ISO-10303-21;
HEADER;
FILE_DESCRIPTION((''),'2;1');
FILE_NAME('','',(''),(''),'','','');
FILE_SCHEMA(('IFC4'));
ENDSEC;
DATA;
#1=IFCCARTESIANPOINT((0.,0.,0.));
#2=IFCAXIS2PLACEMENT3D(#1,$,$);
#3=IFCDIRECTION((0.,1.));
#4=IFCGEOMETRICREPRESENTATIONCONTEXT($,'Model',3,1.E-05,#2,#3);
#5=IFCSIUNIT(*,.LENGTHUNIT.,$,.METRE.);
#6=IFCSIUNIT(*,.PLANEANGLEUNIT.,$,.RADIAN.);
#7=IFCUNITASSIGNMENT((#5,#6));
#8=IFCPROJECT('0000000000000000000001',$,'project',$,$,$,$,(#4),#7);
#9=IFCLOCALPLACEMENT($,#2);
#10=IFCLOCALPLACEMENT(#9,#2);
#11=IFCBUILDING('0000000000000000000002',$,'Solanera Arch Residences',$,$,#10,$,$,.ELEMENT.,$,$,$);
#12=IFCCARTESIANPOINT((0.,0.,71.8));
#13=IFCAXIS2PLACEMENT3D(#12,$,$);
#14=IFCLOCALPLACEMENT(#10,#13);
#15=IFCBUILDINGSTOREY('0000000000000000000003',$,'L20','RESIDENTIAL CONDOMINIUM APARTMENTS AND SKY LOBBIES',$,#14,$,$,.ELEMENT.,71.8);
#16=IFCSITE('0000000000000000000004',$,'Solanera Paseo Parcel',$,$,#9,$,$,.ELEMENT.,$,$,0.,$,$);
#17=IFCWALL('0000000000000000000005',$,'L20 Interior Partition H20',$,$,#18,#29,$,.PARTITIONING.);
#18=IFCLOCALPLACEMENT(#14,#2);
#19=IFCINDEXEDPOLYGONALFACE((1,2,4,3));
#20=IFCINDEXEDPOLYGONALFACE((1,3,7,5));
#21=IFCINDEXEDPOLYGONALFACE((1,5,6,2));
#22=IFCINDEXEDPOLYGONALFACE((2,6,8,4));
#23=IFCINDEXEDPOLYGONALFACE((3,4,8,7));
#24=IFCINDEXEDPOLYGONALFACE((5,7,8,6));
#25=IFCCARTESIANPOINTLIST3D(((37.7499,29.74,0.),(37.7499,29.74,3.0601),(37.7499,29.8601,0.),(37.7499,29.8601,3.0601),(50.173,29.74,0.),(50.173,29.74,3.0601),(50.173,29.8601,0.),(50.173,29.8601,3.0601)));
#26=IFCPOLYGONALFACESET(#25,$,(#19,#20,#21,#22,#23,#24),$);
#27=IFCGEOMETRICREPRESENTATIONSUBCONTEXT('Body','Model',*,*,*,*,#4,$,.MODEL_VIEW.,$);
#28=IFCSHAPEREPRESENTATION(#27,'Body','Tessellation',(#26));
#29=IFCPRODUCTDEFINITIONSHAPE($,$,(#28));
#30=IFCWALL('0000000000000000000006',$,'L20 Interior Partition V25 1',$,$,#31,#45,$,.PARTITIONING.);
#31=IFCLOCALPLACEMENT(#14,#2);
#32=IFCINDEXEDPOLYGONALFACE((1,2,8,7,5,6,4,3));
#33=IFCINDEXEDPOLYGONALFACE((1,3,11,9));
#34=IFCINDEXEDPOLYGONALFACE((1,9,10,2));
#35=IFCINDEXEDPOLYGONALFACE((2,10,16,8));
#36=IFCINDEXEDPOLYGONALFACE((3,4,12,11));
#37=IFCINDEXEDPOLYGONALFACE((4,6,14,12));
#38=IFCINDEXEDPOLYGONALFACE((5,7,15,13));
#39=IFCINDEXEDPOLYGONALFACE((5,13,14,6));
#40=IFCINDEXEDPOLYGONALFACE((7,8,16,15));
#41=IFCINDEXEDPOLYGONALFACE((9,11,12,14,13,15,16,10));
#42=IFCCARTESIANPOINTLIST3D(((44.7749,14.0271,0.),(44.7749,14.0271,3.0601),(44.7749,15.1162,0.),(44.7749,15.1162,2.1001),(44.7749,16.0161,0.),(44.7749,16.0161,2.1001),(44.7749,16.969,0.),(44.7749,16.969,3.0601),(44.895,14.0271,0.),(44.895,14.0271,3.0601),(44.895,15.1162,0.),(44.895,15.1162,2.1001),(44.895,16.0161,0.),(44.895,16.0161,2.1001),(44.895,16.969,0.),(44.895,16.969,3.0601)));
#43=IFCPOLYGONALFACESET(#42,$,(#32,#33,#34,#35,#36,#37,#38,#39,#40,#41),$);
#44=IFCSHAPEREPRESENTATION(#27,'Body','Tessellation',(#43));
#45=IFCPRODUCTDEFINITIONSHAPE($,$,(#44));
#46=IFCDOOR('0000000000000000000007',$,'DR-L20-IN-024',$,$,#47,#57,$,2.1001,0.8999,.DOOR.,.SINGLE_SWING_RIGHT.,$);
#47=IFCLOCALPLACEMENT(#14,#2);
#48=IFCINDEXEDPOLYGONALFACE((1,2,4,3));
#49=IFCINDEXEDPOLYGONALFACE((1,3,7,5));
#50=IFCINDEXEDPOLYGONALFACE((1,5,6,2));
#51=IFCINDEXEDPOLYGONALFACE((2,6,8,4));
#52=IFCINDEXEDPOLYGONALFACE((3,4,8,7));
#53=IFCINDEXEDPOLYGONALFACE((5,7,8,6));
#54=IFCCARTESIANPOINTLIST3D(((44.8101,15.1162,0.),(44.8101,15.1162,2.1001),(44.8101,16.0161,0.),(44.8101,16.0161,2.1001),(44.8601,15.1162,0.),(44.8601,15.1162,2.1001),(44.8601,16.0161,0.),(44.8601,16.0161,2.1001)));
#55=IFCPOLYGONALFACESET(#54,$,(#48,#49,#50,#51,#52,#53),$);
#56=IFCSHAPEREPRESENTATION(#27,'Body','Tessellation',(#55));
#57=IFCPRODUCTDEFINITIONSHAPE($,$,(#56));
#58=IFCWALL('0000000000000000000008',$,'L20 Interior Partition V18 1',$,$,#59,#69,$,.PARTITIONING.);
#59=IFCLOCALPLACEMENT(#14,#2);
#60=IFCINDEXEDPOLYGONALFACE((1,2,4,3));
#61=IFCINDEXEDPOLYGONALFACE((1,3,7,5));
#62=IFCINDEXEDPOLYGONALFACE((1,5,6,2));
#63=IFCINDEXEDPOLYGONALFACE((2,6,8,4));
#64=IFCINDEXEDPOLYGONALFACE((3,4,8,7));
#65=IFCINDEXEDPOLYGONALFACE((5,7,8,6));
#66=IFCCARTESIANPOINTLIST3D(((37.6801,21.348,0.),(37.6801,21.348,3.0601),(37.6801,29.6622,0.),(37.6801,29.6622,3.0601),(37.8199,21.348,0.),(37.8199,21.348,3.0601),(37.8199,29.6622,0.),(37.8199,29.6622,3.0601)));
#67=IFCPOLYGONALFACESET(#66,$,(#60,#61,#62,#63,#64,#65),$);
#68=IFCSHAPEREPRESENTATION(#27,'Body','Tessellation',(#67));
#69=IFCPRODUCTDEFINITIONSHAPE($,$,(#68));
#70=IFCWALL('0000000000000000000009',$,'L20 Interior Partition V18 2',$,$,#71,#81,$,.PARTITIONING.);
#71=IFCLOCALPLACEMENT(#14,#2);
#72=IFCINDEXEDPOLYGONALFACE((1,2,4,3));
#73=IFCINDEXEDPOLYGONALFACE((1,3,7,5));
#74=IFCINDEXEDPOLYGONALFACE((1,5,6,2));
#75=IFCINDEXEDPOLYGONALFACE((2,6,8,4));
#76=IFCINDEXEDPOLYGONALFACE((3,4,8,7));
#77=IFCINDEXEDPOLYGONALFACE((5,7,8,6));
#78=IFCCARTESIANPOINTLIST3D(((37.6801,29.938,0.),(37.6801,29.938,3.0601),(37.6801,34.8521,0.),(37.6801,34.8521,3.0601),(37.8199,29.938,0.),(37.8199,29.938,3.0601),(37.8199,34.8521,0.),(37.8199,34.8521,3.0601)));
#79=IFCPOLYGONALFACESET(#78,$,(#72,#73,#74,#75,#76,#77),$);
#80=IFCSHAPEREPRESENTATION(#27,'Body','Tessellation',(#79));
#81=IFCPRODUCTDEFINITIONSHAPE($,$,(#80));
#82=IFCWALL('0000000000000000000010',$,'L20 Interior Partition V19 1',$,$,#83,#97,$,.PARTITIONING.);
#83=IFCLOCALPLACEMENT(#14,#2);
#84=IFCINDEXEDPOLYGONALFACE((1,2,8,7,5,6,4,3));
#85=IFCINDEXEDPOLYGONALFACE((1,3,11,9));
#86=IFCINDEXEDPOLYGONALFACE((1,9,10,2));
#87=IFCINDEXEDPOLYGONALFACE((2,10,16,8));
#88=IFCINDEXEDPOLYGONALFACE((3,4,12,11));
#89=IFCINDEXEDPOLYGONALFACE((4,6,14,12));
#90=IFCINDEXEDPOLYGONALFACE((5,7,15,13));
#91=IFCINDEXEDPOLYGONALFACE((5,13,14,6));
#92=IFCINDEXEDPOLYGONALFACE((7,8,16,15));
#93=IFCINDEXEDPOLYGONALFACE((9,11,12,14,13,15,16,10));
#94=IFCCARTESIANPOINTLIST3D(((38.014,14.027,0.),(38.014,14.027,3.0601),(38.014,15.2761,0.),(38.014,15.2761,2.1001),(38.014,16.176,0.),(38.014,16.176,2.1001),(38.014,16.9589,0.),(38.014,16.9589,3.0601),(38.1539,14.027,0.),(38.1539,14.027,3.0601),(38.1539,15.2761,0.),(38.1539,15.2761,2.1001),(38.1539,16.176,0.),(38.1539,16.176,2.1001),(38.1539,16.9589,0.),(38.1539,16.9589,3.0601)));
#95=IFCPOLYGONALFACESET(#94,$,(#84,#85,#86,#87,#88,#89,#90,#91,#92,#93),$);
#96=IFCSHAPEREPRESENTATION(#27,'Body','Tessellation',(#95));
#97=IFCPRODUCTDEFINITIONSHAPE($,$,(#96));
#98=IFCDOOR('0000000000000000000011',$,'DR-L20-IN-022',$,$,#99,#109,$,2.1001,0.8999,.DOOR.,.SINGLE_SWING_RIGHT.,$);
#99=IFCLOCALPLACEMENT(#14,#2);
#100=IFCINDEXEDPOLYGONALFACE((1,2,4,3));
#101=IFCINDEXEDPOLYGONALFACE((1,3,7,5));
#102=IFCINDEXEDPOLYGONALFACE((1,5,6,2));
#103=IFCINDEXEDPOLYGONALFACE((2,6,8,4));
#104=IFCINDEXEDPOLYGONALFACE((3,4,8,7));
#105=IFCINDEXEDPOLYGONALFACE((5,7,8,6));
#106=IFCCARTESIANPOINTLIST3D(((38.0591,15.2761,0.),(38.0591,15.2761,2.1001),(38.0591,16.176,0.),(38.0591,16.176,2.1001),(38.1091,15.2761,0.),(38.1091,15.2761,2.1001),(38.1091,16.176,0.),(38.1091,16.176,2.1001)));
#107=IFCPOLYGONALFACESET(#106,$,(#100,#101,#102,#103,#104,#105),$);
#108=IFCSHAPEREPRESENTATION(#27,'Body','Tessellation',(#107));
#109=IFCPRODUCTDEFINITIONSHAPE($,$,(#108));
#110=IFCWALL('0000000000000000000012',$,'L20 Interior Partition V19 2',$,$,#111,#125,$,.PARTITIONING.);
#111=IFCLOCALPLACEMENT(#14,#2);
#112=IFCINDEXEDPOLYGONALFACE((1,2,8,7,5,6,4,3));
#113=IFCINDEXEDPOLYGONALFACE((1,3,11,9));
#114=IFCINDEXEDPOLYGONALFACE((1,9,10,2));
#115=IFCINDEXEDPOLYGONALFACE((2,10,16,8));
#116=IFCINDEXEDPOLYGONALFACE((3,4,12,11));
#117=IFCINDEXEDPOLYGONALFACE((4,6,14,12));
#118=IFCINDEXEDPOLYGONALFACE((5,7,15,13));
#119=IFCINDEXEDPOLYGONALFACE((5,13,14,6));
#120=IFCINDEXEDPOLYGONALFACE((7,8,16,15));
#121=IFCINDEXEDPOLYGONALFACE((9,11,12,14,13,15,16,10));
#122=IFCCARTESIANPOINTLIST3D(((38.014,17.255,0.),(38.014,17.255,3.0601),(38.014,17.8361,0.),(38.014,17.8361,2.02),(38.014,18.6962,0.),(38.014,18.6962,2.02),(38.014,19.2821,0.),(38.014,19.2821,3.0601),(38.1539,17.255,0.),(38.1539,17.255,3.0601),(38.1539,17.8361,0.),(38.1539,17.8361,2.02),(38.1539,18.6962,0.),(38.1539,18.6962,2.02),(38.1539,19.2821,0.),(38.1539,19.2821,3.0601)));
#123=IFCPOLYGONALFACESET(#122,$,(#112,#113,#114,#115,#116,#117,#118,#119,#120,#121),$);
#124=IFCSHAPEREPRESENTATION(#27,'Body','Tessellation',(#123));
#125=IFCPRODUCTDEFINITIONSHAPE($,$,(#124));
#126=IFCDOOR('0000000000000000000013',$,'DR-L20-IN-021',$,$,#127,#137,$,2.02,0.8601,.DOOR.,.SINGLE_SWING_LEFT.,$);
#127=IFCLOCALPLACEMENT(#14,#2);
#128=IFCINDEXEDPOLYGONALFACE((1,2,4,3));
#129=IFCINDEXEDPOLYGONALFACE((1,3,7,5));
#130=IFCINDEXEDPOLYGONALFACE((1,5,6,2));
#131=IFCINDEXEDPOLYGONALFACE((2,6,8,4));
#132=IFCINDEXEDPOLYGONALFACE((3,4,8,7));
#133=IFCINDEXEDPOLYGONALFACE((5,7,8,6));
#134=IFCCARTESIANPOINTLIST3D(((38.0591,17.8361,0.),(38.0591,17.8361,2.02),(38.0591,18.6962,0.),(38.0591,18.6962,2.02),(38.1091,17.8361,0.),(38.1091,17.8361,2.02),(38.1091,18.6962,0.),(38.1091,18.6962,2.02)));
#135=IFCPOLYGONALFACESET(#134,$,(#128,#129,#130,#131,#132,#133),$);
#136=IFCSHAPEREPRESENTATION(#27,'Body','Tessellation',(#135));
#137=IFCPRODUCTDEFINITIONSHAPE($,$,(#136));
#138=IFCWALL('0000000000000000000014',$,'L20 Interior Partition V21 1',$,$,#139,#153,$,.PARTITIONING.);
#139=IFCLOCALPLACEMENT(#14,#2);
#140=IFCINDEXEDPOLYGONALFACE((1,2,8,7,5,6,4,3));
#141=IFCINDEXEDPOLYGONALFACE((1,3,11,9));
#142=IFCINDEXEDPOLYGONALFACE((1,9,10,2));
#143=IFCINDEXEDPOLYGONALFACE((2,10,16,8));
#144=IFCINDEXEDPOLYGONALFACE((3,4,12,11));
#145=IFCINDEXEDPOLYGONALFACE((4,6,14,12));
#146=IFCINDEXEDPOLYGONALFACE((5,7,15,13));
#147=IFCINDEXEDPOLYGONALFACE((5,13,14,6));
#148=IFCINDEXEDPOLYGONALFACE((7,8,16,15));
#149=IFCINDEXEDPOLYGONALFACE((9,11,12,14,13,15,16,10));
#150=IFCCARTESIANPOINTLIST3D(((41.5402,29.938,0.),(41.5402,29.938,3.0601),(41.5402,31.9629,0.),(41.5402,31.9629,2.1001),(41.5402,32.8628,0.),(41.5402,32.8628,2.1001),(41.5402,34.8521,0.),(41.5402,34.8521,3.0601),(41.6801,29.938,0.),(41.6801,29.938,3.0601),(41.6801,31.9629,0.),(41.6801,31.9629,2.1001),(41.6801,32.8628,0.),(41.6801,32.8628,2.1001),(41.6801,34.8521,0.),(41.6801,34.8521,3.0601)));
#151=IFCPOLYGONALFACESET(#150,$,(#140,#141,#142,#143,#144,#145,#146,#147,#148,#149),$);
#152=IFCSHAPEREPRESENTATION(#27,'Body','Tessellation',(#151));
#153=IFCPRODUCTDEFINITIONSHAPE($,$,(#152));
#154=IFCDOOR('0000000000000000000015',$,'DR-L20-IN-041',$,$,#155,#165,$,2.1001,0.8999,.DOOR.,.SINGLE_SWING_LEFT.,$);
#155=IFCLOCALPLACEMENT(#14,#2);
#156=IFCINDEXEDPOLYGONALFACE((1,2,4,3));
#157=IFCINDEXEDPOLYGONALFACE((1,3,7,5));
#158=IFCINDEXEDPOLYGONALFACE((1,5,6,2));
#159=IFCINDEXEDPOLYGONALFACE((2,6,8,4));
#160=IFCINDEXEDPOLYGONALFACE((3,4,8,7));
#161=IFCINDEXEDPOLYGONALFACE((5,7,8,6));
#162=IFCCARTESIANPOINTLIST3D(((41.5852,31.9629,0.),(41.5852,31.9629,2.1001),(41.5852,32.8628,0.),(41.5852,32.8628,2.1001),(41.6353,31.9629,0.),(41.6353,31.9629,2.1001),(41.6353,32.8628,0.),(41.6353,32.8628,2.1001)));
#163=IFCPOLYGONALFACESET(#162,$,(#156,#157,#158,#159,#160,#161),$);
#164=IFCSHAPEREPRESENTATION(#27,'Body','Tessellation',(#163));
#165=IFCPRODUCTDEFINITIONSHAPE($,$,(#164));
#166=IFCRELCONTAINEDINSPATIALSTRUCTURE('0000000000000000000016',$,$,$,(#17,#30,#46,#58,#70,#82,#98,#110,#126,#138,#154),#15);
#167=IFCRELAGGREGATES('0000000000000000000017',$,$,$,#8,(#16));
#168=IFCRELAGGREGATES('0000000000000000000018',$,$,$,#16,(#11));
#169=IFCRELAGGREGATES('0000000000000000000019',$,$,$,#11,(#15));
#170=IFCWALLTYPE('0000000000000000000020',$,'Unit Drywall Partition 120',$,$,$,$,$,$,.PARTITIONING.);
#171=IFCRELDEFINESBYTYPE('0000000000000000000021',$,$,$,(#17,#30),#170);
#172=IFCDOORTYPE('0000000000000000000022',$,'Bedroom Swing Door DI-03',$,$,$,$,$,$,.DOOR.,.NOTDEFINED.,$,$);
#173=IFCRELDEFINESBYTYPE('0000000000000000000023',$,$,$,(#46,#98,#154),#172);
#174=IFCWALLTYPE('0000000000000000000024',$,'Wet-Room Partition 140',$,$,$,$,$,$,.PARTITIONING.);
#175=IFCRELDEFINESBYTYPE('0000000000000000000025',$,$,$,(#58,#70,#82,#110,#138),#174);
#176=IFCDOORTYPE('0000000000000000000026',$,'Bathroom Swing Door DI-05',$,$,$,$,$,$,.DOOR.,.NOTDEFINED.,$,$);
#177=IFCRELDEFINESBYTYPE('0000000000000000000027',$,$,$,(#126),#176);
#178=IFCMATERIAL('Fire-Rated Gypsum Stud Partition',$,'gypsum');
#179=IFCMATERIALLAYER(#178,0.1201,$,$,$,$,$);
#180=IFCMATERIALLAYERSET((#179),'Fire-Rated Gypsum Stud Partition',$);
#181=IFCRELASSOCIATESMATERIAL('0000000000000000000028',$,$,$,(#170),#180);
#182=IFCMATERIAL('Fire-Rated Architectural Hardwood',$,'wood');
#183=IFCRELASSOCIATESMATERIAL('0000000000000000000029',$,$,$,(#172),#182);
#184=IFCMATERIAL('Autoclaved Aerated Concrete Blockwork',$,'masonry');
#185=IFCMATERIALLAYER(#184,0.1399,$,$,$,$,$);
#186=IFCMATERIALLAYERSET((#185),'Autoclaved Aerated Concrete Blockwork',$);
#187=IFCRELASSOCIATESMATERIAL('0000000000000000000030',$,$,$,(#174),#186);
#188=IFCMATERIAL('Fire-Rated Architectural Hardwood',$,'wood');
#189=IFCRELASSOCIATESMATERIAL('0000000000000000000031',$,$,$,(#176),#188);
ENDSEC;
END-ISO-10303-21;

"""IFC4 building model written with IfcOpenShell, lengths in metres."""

from ifc_helpers import new_model, si_unit, direction, frame, frame_2d, origin, place, context, subcontext, project, spatial, rectangle, extrude, material, layer, layer_set, type_object, element, fill, save


model = new_model("IFC4")

# Units and contexts
model_context = context("Model", 3, precision=1e-05, world=origin(), true_north=direction((0.0, 1.0)))
body_context = subcontext(model_context, "Body", "Model", "MODEL_VIEW")
ifc_project = project(units=[si_unit("LENGTHUNIT", "METRE"), si_unit("PLANEANGLEUNIT", "RADIAN")], contexts=[model_context])

# Site, building, storey
site_placement = place(None, origin())
site = spatial("IfcSite", under=ifc_project, at=site_placement, Name="Solanera Paseo Parcel", CompositionType="ELEMENT", RefElevation=0.0)
building_placement = place(site_placement, origin())
building = spatial("IfcBuilding", under=site, at=building_placement, Name="Solanera Arch Residences", CompositionType="ELEMENT")
storey_placement = place(building_placement, frame((0.0, 0.0, 71.8)))
storey = spatial("IfcBuildingStorey", under=building, at=storey_placement, Name="L20", Description="RESIDENTIAL CONDOMINIUM APARTMENTS AND SKY LOBBIES", CompositionType="ELEMENT", Elevation=71.8)

# Wall
ifc_material_1 = material(Name="Fire-Rated Gypsum Stud Partition", Category="gypsum")
ifc_layer_1 = layer(ifc_material_1, 0.1201)
ifc_layer_set_1 = layer_set([ifc_layer_1], Name="Fire-Rated Gypsum Stud Partition")
wall_type_1 = type_object("IfcWallType", Name="Unit Drywall Partition 120", PredefinedType="PARTITIONING", material=ifc_layer_set_1)
wall_1_placement = place(storey_placement, frame((37.75, 29.8, 0.0), z_axis=(0.0, 0.0, 1.0), x_axis=(1.0, 0.0, 0.0)))
element("IfcWall", 1, at=wall_1_placement, inside=storey, type_object=wall_type_1, Name="L20 Interior Partition H20", PredefinedType="PARTITIONING", context=body_context, shape_type="SweptSolid", body=[
    extrude(rectangle(XDim=12.4231, YDim=0.1201, at=frame_2d((6.2114, 0.0))), origin(), (0.0, 0.0, 1.0), 3.0601),
])

# Wall, opening, door
wall_2_placement = place(storey_placement, frame((44.835, 14.0271, 0.0), z_axis=(0.0, 0.0, 1.0), x_axis=(0.0, 1.0, 0.0)))
wall_2 = element("IfcWall", 2, at=wall_2_placement, inside=storey, type_object=wall_type_1, Name="L20 Interior Partition V25 1", PredefinedType="PARTITIONING", context=body_context, shape_type="SweptSolid", body=[
    extrude(rectangle(XDim=2.9419, YDim=0.1201, at=frame_2d((1.4709, 0.0))), origin(), (0.0, 0.0, 1.0), 3.0601),
])
opening_1_placement = place(wall_2_placement, frame((1.0891, 0.0, 0.0)))
opening_1 = element("IfcOpeningElement", 3, at=opening_1_placement, cuts=wall_2, PredefinedType="OPENING", context=body_context, shape_type="SweptSolid", body=[
    extrude(rectangle(XDim=0.8999, YDim=2.1001, at=frame_2d((0.45, 1.05))), frame((0.0, 0.0701, 0.0), z_axis=(0.0, -1.0, 0.0), x_axis=(1.0, 0.0, 0.0)), (0.0, 0.0, 1.0), 0.1401),
])
ifc_material_2 = material(Name="Fire-Rated Architectural Hardwood", Category="wood")
door_type_1 = type_object("IfcDoorType", Name="Bedroom Swing Door DI-03", OperationType="NOTDEFINED", PredefinedType="DOOR", material=ifc_material_2)
door_1_placement = place(opening_1_placement, origin())
door_1 = element("IfcDoor", 4, at=door_1_placement, inside=storey, type_object=door_type_1, Name="DR-L20-IN-024", OperationType="SINGLE_SWING_RIGHT", OverallHeight=2.1001, OverallWidth=0.8999, PredefinedType="DOOR", context=body_context, shape_type="SweptSolid", body=[
    extrude(rectangle(XDim=0.8999, YDim=2.1001, at=frame_2d((0.45, 1.05))), frame((0.0, 0.0249, 0.0), z_axis=(0.0, -1.0, 0.0), x_axis=(1.0, 0.0, 0.0)), (0.0, 0.0, 1.0), 0.05),
])
fill(opening_1, door_1)

# Walls
ifc_material_3 = material(Name="Autoclaved Aerated Concrete Blockwork", Category="masonry")
ifc_layer_2 = layer(ifc_material_3, 0.1399)
ifc_layer_set_2 = layer_set([ifc_layer_2], Name="Autoclaved Aerated Concrete Blockwork")
wall_type_2 = type_object("IfcWallType", Name="Wet-Room Partition 140", PredefinedType="PARTITIONING", material=ifc_layer_set_2)
wall_3_placement = place(storey_placement, frame((37.75, 21.3479, 0.0), z_axis=(0.0, 0.0, 1.0), x_axis=(0.0, 1.0, 0.0)))
element("IfcWall", 5, at=wall_3_placement, inside=storey, type_object=wall_type_2, Name="L20 Interior Partition V18 1", PredefinedType="PARTITIONING", context=body_context, shape_type="SweptSolid", body=[
    extrude(rectangle(XDim=8.3142, YDim=0.1399, at=frame_2d((4.1572, 0.0))), origin(), (0.0, 0.0, 1.0), 3.0601),
])
wall_4_placement = place(storey_placement, frame((37.75, 29.938, 0.0), z_axis=(0.0, 0.0, 1.0), x_axis=(0.0, 1.0, 0.0)))
element("IfcWall", 6, at=wall_4_placement, inside=storey, type_object=wall_type_2, Name="L20 Interior Partition V18 2", PredefinedType="PARTITIONING", context=body_context, shape_type="SweptSolid", body=[
    extrude(rectangle(XDim=4.9141, YDim=0.1399, at=frame_2d((2.457, 0.0))), origin(), (0.0, 0.0, 1.0), 3.0601),
])

# Walls, openings, doors
wall_5_placement = place(storey_placement, frame((38.084, 14.0271, 0.0), z_axis=(0.0, 0.0, 1.0), x_axis=(0.0, 1.0, 0.0)))
wall_5 = element("IfcWall", 7, at=wall_5_placement, inside=storey, type_object=wall_type_2, Name="L20 Interior Partition V19 1", PredefinedType="PARTITIONING", context=body_context, shape_type="SweptSolid", body=[
    extrude(rectangle(XDim=2.9319, YDim=0.1399, at=frame_2d((1.4658, 0.0))), origin(), (0.0, 0.0, 1.0), 3.0601),
])
opening_2_placement = place(wall_5_placement, frame((1.249, 0.0, 0.0)))
opening_2 = element("IfcOpeningElement", 8, at=opening_2_placement, cuts=wall_5, PredefinedType="OPENING", context=body_context, shape_type="SweptSolid", body=[
    extrude(rectangle(XDim=0.8999, YDim=2.1001, at=frame_2d((0.45, 1.05))), frame((0.0, 0.0798, 0.0), z_axis=(0.0, -1.0, 0.0), x_axis=(1.0, 0.0, 0.0)), (0.0, 0.0, 1.0), 0.1599),
])
door_2_placement = place(opening_2_placement, origin())
door_2 = element("IfcDoor", 9, at=door_2_placement, inside=storey, type_object=door_type_1, Name="DR-L20-IN-022", OperationType="SINGLE_SWING_RIGHT", OverallHeight=2.1001, OverallWidth=0.8999, PredefinedType="DOOR", context=body_context, shape_type="SweptSolid", body=[
    extrude(rectangle(XDim=0.8999, YDim=2.1001, at=frame_2d((0.45, 1.05))), frame((0.0, 0.0249, 0.0), z_axis=(0.0, -1.0, 0.0), x_axis=(1.0, 0.0, 0.0)), (0.0, 0.0, 1.0), 0.05),
])
fill(opening_2, door_2)
wall_6_placement = place(storey_placement, frame((38.084, 17.2549, 0.0), z_axis=(0.0, 0.0, 1.0), x_axis=(0.0, 1.0, 0.0)))
wall_6 = element("IfcWall", 10, at=wall_6_placement, inside=storey, type_object=wall_type_2, Name="L20 Interior Partition V19 2", PredefinedType="PARTITIONING", context=body_context, shape_type="SweptSolid", body=[
    extrude(rectangle(XDim=2.0271, YDim=0.1399, at=frame_2d((1.0137, 0.0))), origin(), (0.0, 0.0, 1.0), 3.0601),
])
opening_3_placement = place(wall_6_placement, frame((0.5811, 0.0, 0.0)))
opening_3 = element("IfcOpeningElement", 11, at=opening_3_placement, cuts=wall_6, PredefinedType="OPENING", context=body_context, shape_type="SweptSolid", body=[
    extrude(rectangle(XDim=0.8601, YDim=2.02, at=frame_2d((0.4302, 1.01))), frame((0.0, 0.0798, 0.0), z_axis=(0.0, -1.0, 0.0), x_axis=(1.0, 0.0, 0.0)), (0.0, 0.0, 1.0), 0.1599),
])
ifc_material_4 = material(Name="Fire-Rated Architectural Hardwood", Category="wood")
door_type_2 = type_object("IfcDoorType", Name="Bathroom Swing Door DI-05", OperationType="NOTDEFINED", PredefinedType="DOOR", material=ifc_material_4)
door_3_placement = place(opening_3_placement, origin())
door_3 = element("IfcDoor", 12, at=door_3_placement, inside=storey, type_object=door_type_2, Name="DR-L20-IN-021", OperationType="SINGLE_SWING_LEFT", OverallHeight=2.02, OverallWidth=0.8601, PredefinedType="DOOR", context=body_context, shape_type="SweptSolid", body=[
    extrude(rectangle(XDim=0.8601, YDim=2.02, at=frame_2d((0.4302, 1.01))), frame((0.0, 0.0249, 0.0), z_axis=(0.0, -1.0, 0.0), x_axis=(1.0, 0.0, 0.0)), (0.0, 0.0, 1.0), 0.05),
])
fill(opening_3, door_3)
wall_7_placement = place(storey_placement, frame((41.6101, 29.938, 0.0), z_axis=(0.0, 0.0, 1.0), x_axis=(0.0, 1.0, 0.0)))
wall_7 = element("IfcWall", 13, at=wall_7_placement, inside=storey, type_object=wall_type_2, Name="L20 Interior Partition V21 1", PredefinedType="PARTITIONING", context=body_context, shape_type="SweptSolid", body=[
    extrude(rectangle(XDim=4.9141, YDim=0.1399, at=frame_2d((2.457, 0.0))), origin(), (0.0, 0.0, 1.0), 3.0601),
])
opening_4_placement = place(wall_7_placement, frame((2.0249, 0.0, 0.0)))
opening_4 = element("IfcOpeningElement", 14, at=opening_4_placement, cuts=wall_7, PredefinedType="OPENING", context=body_context, shape_type="SweptSolid", body=[
    extrude(rectangle(XDim=0.8999, YDim=2.1001, at=frame_2d((0.45, 1.05))), frame((0.0, 0.0798, 0.0), z_axis=(0.0, -1.0, 0.0), x_axis=(1.0, 0.0, 0.0)), (0.0, 0.0, 1.0), 0.1599),
])
door_4_placement = place(opening_4_placement, origin())
door_4 = element("IfcDoor", 15, at=door_4_placement, inside=storey, type_object=door_type_1, Name="DR-L20-IN-041", OperationType="SINGLE_SWING_LEFT", OverallHeight=2.1001, OverallWidth=0.8999, PredefinedType="DOOR", context=body_context, shape_type="SweptSolid", body=[
    extrude(rectangle(XDim=0.8999, YDim=2.1001, at=frame_2d((0.45, 1.05))), frame((0.0, 0.0249, 0.0), z_axis=(0.0, -1.0, 0.0), x_axis=(1.0, 0.0, 0.0)), (0.0, 0.0, 1.0), 0.05),
])
fill(opening_4, door_4)

save(model, "model.ifc")
